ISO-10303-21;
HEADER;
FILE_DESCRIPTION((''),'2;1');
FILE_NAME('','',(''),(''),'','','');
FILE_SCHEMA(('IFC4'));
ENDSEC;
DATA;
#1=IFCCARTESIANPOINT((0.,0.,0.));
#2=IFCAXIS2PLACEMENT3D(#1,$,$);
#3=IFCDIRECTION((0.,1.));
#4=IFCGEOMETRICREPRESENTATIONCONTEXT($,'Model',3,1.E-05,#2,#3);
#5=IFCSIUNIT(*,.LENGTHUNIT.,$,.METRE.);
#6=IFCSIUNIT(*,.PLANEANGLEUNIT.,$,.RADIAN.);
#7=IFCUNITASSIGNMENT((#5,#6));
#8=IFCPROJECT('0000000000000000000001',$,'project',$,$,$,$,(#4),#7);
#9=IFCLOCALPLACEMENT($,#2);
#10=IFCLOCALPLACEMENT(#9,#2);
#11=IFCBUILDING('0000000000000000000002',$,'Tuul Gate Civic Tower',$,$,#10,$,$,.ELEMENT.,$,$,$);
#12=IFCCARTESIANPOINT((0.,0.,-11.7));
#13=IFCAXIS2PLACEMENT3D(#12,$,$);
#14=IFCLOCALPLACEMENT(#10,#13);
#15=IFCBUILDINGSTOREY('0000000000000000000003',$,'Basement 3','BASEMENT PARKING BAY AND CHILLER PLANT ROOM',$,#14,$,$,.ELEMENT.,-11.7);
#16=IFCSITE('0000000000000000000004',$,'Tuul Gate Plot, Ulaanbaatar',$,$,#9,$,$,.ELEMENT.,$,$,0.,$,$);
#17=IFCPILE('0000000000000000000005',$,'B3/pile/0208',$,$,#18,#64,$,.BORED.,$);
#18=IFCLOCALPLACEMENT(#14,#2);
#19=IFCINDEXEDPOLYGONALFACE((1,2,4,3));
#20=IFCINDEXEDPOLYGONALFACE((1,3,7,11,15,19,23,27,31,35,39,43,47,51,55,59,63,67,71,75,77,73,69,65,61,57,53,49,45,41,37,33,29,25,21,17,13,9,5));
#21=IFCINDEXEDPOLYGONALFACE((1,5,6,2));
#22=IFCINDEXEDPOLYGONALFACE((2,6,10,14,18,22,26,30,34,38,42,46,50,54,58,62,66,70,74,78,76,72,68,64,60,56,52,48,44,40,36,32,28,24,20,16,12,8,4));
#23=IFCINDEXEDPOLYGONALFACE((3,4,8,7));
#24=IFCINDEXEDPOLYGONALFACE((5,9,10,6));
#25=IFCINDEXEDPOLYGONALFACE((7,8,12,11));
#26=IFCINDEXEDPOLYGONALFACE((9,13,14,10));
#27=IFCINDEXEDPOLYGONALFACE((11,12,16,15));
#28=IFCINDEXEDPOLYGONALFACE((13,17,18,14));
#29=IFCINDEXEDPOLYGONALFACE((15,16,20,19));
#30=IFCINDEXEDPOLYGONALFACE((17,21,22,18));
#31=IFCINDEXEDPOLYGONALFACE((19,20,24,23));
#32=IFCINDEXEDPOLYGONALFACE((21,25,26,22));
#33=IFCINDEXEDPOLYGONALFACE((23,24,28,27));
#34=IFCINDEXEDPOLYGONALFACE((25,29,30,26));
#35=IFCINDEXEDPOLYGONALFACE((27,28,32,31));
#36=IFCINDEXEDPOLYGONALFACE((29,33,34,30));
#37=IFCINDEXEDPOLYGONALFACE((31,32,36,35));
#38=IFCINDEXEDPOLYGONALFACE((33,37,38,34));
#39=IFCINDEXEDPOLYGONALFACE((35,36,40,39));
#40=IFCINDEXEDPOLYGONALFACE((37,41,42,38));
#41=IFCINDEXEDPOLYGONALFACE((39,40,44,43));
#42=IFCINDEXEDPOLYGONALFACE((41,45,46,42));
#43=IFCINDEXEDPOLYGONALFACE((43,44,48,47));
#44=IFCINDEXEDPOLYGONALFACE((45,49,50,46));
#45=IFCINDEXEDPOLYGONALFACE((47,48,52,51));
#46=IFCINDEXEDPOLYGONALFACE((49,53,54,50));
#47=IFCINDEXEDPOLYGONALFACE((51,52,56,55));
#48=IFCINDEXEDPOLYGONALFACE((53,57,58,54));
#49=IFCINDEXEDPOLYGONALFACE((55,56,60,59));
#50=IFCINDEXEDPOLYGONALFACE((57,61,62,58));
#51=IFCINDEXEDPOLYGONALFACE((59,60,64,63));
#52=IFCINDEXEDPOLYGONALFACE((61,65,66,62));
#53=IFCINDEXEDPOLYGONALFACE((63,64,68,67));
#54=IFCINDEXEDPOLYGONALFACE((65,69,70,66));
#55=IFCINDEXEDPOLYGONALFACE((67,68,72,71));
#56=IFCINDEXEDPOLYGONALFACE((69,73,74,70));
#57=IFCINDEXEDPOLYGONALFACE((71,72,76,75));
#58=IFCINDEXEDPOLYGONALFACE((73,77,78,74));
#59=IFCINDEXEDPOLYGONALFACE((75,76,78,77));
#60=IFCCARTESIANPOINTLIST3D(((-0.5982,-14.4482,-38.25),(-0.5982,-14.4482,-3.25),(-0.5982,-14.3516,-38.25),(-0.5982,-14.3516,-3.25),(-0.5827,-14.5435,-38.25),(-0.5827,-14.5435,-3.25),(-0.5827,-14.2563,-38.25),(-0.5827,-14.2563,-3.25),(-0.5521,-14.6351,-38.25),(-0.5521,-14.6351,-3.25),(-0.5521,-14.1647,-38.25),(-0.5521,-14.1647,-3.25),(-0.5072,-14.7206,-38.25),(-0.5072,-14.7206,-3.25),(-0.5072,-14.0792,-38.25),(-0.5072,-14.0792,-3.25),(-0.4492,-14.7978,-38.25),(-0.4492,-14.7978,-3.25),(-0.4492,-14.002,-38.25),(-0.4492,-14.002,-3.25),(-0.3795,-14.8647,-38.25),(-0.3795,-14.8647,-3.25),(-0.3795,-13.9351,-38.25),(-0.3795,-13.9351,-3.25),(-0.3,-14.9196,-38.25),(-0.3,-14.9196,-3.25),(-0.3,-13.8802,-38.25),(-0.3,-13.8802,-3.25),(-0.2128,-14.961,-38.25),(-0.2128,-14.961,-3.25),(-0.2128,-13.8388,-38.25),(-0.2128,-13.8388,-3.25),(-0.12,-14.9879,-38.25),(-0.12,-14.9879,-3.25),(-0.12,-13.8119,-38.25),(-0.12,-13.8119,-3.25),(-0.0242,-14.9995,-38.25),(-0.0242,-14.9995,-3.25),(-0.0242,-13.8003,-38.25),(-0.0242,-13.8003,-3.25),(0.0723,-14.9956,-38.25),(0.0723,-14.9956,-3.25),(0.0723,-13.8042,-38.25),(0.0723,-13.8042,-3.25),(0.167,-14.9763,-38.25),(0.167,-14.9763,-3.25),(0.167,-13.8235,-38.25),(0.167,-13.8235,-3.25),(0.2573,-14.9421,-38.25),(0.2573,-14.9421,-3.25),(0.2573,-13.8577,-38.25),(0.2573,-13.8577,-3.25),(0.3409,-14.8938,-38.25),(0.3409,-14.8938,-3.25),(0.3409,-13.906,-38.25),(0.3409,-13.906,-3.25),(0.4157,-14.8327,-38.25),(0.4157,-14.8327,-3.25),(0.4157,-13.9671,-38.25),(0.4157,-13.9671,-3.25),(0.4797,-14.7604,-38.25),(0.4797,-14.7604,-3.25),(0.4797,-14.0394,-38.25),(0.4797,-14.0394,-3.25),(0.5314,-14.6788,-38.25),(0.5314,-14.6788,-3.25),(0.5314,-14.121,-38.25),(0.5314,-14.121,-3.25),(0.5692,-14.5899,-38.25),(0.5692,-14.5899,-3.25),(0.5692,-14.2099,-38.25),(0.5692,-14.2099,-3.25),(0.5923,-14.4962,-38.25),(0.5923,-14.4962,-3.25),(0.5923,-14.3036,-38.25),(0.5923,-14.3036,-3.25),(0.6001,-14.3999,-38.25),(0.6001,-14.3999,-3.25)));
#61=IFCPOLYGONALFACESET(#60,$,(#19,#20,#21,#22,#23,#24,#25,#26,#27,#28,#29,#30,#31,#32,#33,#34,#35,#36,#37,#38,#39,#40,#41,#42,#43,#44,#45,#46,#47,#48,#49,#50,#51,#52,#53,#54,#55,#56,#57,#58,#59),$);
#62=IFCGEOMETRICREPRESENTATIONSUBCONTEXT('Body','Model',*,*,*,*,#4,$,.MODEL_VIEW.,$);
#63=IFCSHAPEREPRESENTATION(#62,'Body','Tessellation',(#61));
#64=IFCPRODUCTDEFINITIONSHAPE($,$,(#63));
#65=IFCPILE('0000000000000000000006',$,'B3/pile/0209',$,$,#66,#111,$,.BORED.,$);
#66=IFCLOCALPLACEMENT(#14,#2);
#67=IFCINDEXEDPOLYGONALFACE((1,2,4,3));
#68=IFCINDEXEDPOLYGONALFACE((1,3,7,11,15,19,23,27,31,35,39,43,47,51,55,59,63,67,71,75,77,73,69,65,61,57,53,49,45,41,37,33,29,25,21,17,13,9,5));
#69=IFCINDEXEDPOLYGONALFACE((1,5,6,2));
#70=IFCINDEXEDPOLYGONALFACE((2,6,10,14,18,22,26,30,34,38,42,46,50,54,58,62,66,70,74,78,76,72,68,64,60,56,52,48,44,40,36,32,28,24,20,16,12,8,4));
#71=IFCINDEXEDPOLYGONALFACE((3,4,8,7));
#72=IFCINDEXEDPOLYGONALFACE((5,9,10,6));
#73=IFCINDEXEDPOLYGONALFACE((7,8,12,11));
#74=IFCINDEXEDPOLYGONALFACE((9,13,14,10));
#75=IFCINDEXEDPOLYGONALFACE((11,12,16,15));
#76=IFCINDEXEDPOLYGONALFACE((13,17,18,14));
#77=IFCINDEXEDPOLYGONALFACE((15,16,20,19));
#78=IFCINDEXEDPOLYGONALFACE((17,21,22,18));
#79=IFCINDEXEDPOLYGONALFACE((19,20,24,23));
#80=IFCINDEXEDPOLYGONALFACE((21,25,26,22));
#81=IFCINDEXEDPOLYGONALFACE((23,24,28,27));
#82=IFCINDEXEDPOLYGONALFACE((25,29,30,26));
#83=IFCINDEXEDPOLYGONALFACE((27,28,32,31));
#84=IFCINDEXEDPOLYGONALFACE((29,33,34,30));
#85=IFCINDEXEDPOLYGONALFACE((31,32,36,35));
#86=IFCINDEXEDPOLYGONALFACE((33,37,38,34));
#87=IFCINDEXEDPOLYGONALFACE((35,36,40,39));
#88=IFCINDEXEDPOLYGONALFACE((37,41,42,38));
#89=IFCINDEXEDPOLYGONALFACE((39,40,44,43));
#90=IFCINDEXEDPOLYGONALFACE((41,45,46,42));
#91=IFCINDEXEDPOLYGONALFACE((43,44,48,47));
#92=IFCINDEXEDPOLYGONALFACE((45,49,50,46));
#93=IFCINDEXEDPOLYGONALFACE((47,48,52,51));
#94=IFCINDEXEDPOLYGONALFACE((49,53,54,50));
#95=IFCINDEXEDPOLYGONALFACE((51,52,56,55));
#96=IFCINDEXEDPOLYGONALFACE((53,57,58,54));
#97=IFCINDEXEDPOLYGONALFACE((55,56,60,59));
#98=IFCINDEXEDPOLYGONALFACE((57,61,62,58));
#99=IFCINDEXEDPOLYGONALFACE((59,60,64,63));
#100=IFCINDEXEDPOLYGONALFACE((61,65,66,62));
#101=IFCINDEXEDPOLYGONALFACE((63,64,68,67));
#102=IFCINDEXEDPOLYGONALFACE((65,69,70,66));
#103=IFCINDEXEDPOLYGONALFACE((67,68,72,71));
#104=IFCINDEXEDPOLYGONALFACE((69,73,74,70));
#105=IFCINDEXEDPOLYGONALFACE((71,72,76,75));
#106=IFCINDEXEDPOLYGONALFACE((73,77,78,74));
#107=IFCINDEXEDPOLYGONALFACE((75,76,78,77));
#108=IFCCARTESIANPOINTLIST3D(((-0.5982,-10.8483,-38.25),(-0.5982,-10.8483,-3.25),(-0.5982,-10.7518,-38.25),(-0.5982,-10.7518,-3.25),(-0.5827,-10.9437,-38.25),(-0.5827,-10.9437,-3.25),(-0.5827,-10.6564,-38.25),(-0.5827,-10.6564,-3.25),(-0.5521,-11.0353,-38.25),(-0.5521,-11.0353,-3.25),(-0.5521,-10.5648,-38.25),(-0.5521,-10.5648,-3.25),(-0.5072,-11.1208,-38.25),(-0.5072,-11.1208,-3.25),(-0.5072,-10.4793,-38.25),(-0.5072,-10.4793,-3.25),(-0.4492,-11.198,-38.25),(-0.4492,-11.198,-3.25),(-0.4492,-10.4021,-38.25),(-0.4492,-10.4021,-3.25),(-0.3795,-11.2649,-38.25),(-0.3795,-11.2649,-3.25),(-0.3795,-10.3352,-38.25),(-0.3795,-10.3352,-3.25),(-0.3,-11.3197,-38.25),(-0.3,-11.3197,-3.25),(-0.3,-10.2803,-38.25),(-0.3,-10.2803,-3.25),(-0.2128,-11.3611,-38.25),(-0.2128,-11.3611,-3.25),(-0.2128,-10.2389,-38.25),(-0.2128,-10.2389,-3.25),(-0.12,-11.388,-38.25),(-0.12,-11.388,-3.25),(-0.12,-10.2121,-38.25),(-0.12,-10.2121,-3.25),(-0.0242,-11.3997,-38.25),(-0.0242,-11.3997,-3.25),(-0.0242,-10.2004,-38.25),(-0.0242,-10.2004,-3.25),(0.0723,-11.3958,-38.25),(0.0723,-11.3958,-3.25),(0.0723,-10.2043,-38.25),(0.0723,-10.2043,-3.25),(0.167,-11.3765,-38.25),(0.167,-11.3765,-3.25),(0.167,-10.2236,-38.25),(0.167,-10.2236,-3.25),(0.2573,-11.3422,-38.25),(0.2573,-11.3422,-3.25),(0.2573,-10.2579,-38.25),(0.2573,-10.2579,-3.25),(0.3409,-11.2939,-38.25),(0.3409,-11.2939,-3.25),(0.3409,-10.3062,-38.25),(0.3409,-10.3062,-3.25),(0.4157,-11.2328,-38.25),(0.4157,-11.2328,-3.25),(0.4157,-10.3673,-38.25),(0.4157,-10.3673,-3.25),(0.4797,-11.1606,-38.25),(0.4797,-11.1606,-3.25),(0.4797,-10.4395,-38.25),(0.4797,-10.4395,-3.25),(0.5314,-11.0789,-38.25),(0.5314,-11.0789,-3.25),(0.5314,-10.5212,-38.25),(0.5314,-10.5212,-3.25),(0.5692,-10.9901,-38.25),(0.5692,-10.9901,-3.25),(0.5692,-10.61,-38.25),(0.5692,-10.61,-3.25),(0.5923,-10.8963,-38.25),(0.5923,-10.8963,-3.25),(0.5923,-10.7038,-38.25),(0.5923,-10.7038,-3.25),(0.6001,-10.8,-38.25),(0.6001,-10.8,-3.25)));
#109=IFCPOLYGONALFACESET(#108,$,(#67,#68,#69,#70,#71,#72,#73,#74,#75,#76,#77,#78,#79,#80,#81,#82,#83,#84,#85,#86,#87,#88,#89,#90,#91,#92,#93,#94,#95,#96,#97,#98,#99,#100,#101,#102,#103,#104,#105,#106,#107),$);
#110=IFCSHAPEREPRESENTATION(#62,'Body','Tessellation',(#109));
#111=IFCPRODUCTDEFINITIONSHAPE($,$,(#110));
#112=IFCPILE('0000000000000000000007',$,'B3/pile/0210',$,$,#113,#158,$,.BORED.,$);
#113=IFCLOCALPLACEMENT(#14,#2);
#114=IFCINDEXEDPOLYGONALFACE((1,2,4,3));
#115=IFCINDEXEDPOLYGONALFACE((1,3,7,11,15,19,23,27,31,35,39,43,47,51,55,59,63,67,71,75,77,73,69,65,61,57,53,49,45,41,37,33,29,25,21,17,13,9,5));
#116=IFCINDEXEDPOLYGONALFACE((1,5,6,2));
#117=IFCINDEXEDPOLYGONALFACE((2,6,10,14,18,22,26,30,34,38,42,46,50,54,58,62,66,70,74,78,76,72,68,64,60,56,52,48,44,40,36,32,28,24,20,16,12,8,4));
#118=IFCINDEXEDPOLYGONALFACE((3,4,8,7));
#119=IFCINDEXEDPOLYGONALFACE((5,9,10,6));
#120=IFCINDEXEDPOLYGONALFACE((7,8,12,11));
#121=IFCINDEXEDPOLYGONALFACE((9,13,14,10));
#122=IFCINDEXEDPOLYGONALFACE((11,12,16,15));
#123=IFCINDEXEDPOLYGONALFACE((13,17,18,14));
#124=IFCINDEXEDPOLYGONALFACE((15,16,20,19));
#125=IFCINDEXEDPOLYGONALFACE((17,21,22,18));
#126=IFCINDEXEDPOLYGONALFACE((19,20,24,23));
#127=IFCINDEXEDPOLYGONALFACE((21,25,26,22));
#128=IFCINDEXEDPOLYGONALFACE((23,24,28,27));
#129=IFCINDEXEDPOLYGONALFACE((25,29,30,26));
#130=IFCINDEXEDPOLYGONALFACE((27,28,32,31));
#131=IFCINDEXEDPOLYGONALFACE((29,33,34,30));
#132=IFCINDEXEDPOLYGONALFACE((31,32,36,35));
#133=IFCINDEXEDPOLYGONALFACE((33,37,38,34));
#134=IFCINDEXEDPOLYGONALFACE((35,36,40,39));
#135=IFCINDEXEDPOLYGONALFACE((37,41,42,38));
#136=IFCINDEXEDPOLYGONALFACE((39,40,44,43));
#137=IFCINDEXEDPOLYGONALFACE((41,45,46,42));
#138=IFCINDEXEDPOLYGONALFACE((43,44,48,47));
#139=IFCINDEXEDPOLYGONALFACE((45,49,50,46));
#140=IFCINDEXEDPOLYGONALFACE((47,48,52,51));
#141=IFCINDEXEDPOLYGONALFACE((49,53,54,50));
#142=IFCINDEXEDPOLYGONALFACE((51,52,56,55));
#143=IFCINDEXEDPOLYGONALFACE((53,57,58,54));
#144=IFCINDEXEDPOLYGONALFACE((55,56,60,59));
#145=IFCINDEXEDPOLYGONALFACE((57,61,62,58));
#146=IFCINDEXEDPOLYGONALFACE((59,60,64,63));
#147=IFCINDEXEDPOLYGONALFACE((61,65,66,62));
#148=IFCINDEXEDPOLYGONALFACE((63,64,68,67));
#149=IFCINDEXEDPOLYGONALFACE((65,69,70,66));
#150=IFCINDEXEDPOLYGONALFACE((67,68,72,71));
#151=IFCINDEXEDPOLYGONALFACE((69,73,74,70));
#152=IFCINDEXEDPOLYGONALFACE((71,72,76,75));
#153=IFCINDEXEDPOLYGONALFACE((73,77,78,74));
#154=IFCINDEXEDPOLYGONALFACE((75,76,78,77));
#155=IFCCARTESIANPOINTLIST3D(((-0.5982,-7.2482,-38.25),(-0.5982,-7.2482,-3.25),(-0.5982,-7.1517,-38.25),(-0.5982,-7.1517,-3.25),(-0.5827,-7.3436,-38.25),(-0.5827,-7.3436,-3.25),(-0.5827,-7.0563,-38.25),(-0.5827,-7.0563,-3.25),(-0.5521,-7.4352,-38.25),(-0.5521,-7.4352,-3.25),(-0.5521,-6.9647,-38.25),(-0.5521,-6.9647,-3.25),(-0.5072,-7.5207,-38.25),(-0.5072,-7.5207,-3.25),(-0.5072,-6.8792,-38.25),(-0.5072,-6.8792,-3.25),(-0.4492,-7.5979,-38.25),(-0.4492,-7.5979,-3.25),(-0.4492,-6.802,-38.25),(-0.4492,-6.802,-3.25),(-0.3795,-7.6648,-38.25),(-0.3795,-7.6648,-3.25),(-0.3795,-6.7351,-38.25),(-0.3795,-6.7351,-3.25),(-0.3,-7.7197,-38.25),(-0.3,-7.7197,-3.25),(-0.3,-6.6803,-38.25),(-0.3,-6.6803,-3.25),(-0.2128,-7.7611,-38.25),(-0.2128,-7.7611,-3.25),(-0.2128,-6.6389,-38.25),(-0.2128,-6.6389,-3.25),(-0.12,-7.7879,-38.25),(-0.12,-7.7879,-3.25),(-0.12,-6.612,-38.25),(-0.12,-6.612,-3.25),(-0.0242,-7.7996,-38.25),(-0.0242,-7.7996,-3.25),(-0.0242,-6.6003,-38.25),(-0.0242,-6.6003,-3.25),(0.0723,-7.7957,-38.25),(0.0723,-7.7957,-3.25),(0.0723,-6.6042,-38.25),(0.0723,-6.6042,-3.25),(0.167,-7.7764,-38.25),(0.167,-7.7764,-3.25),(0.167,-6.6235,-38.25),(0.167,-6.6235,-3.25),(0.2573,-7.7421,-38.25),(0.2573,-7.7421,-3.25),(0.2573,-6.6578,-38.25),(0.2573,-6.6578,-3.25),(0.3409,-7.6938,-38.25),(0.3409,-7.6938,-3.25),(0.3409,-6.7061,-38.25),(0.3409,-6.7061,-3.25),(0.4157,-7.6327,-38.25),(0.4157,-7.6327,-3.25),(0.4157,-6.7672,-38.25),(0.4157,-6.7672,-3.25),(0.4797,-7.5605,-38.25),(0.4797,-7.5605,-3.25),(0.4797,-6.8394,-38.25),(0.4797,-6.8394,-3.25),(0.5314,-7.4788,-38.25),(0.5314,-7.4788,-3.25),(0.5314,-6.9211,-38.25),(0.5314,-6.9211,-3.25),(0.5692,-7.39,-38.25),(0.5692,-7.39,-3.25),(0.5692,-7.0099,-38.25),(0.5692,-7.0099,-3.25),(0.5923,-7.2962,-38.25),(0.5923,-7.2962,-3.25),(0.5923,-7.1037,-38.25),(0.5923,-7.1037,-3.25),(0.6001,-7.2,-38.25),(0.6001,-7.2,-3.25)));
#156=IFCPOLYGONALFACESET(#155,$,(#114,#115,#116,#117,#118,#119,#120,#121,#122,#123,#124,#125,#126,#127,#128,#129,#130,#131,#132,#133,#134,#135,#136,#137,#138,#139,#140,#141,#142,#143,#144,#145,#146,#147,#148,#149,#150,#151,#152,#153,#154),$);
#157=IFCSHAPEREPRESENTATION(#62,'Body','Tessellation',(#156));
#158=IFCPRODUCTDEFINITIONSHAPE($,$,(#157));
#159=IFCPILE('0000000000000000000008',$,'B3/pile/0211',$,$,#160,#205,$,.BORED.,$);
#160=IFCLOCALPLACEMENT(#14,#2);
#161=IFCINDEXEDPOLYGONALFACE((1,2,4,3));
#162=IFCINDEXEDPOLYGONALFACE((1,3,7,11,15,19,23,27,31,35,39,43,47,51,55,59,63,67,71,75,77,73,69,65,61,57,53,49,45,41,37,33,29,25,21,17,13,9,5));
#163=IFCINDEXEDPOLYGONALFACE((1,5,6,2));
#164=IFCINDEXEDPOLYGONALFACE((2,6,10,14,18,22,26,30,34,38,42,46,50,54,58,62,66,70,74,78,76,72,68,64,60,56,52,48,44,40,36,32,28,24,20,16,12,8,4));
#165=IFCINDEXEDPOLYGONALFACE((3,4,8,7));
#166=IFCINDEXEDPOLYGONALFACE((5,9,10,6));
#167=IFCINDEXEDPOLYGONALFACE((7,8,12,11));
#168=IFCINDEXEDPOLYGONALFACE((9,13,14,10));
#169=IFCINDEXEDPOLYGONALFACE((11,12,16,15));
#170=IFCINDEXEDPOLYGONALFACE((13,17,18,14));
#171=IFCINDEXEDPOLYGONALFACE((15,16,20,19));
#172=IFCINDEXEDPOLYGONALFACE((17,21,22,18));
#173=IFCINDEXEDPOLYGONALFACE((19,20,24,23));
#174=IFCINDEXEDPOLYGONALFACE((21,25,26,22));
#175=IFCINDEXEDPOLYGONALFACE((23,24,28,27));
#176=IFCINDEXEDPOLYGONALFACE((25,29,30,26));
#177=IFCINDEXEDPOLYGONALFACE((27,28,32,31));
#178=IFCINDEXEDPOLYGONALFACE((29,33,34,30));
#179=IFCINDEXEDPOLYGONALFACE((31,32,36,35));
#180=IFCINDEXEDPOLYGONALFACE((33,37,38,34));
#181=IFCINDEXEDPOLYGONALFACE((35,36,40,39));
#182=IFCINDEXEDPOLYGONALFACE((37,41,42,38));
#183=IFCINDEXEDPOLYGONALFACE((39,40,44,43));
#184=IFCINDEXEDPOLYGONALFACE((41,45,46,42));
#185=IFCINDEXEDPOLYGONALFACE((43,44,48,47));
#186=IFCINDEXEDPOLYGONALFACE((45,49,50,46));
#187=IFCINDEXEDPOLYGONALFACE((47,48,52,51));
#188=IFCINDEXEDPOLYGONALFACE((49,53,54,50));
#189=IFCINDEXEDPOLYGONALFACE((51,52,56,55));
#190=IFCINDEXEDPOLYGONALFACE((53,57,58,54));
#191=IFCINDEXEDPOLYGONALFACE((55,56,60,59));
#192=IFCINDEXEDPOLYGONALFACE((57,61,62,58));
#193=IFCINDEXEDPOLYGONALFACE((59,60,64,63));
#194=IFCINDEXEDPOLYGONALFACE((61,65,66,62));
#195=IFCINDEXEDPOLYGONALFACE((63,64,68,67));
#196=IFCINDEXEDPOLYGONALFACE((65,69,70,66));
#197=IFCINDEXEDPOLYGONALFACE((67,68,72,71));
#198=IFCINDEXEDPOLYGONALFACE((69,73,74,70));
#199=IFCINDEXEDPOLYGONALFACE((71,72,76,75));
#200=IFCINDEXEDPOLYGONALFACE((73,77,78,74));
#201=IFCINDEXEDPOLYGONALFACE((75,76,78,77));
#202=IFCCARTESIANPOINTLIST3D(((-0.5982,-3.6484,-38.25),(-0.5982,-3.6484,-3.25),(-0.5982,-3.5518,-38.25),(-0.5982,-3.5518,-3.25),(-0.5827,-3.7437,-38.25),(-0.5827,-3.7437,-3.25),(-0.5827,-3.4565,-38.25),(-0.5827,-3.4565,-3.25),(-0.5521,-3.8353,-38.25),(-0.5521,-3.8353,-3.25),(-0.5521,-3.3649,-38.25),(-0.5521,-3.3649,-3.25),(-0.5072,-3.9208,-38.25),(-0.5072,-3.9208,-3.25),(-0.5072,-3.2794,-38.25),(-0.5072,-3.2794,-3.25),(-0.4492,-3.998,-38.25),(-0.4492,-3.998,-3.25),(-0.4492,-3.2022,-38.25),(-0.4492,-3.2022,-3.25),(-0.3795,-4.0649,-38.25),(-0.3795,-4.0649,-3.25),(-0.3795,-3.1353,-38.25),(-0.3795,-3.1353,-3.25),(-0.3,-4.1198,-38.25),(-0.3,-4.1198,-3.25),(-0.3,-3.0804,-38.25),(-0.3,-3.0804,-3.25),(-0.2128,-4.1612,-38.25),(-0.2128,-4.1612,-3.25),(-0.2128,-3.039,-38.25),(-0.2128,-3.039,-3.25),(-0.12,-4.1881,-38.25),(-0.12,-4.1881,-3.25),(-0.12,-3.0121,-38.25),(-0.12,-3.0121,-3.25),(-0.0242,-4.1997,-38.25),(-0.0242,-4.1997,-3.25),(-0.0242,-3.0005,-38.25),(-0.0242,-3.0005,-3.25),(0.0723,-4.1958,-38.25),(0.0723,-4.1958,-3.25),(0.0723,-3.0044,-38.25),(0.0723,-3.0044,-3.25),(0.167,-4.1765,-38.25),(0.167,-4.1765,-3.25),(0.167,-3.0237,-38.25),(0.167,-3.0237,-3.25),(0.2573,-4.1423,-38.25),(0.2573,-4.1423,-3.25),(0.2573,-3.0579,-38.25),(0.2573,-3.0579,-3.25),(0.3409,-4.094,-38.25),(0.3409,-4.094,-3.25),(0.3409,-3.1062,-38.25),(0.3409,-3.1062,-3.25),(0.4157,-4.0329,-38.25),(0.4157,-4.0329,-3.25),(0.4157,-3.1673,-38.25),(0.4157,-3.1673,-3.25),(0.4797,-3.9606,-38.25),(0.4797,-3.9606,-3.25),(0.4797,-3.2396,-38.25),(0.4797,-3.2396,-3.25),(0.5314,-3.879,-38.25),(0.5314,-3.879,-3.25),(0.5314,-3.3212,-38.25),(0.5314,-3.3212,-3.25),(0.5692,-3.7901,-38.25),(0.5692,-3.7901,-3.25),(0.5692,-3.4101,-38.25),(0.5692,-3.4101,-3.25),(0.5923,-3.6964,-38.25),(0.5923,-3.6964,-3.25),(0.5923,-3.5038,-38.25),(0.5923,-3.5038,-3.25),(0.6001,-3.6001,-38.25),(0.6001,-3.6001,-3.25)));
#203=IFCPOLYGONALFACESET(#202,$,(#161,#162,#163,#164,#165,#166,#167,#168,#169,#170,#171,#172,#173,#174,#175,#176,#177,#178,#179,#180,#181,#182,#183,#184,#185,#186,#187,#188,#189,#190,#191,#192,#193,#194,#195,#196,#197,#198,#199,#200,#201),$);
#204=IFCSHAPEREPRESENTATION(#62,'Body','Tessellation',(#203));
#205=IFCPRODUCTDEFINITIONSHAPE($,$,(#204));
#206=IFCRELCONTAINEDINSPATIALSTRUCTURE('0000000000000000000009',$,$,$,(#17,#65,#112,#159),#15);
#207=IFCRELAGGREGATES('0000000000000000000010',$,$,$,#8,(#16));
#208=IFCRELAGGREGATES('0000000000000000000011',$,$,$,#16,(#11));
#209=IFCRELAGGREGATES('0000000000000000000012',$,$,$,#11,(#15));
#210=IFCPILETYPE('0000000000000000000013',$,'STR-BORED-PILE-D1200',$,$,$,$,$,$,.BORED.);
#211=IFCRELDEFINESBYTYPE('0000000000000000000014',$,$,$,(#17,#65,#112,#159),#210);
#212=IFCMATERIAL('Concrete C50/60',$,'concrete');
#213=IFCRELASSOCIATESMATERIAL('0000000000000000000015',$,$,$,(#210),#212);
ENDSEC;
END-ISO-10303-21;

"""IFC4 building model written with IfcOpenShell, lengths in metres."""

from ifc_helpers import new_model, si_unit, direction, frame, origin, origin_2d, place, context, subcontext, project, spatial, circle, extrude, material, material_profile, profile_set, type_object, element, save


model = new_model("IFC4")

# Units and contexts
model_context = context("Model", 3, precision=1e-05, world=origin(), true_north=direction((0.0, 1.0)))
body_context = subcontext(model_context, "Body", "Model", "MODEL_VIEW")
ifc_project = project(units=[si_unit("LENGTHUNIT", "METRE"), si_unit("PLANEANGLEUNIT", "RADIAN")], contexts=[model_context])

# Site, building, storey
site_placement = place(None, origin())
site = spatial("IfcSite", under=ifc_project, at=site_placement, Name="Tuul Gate Plot, Ulaanbaatar", CompositionType="ELEMENT", RefElevation=0.0)
building_placement = place(site_placement, origin())
building = spatial("IfcBuilding", under=site, at=building_placement, Name="Tuul Gate Civic Tower", CompositionType="ELEMENT")
storey_placement = place(building_placement, frame((0.0, 0.0, -11.7)))
storey = spatial("IfcBuildingStorey", under=building, at=storey_placement, Name="Basement 3", Description="BASEMENT PARKING BAY AND CHILLER PLANT ROOM", CompositionType="ELEMENT", Elevation=-11.7)

# Piles
ifc_material_1 = material(Name="Concrete C50/60", Category="concrete")
ifc_material_profile_1 = material_profile(ifc_material_1, circle(Radius=0.6001, at=origin_2d()), Name="PILE1200")
ifc_profile_set_1 = profile_set([ifc_material_profile_1], Name="Concrete C50/60")
pile_type = type_object("IfcPileType", Name="STR-BORED-PILE-D1200", PredefinedType="BORED", material=ifc_profile_set_1)
for number, where, z_axis, x_axis, name in (
    (1, (0.0, -14.3999, -3.25), (0.0, 0.0, -1.0), (1.0, 0.0, 0.0), "B3/pile/0208"),
    (2, (0.0, -10.8, -3.25), (0.0, 0.0, -1.0), (1.0, 0.0, 0.0), "B3/pile/0209"),
    (3, (0.0, -7.2, -3.25), (0.0, 0.0, -1.0), (1.0, 0.0, 0.0), "B3/pile/0210"),
    (4, (0.0, -3.6001, -3.25), (0.0, 0.0, -1.0), (1.0, 0.0, 0.0), "B3/pile/0211"),
):
    element("IfcPile", number, at=place(storey_placement, frame(where, z_axis=z_axis, x_axis=x_axis)), inside=storey, type_object=pile_type, Name=name, PredefinedType="BORED", context=body_context, shape_type="SweptSolid", body=[
        extrude(circle(Radius=0.6001, at=origin_2d()), origin(), (0.0, 0.0, 1.0), 35.0),
    ])

save(model, "model.ifc")
